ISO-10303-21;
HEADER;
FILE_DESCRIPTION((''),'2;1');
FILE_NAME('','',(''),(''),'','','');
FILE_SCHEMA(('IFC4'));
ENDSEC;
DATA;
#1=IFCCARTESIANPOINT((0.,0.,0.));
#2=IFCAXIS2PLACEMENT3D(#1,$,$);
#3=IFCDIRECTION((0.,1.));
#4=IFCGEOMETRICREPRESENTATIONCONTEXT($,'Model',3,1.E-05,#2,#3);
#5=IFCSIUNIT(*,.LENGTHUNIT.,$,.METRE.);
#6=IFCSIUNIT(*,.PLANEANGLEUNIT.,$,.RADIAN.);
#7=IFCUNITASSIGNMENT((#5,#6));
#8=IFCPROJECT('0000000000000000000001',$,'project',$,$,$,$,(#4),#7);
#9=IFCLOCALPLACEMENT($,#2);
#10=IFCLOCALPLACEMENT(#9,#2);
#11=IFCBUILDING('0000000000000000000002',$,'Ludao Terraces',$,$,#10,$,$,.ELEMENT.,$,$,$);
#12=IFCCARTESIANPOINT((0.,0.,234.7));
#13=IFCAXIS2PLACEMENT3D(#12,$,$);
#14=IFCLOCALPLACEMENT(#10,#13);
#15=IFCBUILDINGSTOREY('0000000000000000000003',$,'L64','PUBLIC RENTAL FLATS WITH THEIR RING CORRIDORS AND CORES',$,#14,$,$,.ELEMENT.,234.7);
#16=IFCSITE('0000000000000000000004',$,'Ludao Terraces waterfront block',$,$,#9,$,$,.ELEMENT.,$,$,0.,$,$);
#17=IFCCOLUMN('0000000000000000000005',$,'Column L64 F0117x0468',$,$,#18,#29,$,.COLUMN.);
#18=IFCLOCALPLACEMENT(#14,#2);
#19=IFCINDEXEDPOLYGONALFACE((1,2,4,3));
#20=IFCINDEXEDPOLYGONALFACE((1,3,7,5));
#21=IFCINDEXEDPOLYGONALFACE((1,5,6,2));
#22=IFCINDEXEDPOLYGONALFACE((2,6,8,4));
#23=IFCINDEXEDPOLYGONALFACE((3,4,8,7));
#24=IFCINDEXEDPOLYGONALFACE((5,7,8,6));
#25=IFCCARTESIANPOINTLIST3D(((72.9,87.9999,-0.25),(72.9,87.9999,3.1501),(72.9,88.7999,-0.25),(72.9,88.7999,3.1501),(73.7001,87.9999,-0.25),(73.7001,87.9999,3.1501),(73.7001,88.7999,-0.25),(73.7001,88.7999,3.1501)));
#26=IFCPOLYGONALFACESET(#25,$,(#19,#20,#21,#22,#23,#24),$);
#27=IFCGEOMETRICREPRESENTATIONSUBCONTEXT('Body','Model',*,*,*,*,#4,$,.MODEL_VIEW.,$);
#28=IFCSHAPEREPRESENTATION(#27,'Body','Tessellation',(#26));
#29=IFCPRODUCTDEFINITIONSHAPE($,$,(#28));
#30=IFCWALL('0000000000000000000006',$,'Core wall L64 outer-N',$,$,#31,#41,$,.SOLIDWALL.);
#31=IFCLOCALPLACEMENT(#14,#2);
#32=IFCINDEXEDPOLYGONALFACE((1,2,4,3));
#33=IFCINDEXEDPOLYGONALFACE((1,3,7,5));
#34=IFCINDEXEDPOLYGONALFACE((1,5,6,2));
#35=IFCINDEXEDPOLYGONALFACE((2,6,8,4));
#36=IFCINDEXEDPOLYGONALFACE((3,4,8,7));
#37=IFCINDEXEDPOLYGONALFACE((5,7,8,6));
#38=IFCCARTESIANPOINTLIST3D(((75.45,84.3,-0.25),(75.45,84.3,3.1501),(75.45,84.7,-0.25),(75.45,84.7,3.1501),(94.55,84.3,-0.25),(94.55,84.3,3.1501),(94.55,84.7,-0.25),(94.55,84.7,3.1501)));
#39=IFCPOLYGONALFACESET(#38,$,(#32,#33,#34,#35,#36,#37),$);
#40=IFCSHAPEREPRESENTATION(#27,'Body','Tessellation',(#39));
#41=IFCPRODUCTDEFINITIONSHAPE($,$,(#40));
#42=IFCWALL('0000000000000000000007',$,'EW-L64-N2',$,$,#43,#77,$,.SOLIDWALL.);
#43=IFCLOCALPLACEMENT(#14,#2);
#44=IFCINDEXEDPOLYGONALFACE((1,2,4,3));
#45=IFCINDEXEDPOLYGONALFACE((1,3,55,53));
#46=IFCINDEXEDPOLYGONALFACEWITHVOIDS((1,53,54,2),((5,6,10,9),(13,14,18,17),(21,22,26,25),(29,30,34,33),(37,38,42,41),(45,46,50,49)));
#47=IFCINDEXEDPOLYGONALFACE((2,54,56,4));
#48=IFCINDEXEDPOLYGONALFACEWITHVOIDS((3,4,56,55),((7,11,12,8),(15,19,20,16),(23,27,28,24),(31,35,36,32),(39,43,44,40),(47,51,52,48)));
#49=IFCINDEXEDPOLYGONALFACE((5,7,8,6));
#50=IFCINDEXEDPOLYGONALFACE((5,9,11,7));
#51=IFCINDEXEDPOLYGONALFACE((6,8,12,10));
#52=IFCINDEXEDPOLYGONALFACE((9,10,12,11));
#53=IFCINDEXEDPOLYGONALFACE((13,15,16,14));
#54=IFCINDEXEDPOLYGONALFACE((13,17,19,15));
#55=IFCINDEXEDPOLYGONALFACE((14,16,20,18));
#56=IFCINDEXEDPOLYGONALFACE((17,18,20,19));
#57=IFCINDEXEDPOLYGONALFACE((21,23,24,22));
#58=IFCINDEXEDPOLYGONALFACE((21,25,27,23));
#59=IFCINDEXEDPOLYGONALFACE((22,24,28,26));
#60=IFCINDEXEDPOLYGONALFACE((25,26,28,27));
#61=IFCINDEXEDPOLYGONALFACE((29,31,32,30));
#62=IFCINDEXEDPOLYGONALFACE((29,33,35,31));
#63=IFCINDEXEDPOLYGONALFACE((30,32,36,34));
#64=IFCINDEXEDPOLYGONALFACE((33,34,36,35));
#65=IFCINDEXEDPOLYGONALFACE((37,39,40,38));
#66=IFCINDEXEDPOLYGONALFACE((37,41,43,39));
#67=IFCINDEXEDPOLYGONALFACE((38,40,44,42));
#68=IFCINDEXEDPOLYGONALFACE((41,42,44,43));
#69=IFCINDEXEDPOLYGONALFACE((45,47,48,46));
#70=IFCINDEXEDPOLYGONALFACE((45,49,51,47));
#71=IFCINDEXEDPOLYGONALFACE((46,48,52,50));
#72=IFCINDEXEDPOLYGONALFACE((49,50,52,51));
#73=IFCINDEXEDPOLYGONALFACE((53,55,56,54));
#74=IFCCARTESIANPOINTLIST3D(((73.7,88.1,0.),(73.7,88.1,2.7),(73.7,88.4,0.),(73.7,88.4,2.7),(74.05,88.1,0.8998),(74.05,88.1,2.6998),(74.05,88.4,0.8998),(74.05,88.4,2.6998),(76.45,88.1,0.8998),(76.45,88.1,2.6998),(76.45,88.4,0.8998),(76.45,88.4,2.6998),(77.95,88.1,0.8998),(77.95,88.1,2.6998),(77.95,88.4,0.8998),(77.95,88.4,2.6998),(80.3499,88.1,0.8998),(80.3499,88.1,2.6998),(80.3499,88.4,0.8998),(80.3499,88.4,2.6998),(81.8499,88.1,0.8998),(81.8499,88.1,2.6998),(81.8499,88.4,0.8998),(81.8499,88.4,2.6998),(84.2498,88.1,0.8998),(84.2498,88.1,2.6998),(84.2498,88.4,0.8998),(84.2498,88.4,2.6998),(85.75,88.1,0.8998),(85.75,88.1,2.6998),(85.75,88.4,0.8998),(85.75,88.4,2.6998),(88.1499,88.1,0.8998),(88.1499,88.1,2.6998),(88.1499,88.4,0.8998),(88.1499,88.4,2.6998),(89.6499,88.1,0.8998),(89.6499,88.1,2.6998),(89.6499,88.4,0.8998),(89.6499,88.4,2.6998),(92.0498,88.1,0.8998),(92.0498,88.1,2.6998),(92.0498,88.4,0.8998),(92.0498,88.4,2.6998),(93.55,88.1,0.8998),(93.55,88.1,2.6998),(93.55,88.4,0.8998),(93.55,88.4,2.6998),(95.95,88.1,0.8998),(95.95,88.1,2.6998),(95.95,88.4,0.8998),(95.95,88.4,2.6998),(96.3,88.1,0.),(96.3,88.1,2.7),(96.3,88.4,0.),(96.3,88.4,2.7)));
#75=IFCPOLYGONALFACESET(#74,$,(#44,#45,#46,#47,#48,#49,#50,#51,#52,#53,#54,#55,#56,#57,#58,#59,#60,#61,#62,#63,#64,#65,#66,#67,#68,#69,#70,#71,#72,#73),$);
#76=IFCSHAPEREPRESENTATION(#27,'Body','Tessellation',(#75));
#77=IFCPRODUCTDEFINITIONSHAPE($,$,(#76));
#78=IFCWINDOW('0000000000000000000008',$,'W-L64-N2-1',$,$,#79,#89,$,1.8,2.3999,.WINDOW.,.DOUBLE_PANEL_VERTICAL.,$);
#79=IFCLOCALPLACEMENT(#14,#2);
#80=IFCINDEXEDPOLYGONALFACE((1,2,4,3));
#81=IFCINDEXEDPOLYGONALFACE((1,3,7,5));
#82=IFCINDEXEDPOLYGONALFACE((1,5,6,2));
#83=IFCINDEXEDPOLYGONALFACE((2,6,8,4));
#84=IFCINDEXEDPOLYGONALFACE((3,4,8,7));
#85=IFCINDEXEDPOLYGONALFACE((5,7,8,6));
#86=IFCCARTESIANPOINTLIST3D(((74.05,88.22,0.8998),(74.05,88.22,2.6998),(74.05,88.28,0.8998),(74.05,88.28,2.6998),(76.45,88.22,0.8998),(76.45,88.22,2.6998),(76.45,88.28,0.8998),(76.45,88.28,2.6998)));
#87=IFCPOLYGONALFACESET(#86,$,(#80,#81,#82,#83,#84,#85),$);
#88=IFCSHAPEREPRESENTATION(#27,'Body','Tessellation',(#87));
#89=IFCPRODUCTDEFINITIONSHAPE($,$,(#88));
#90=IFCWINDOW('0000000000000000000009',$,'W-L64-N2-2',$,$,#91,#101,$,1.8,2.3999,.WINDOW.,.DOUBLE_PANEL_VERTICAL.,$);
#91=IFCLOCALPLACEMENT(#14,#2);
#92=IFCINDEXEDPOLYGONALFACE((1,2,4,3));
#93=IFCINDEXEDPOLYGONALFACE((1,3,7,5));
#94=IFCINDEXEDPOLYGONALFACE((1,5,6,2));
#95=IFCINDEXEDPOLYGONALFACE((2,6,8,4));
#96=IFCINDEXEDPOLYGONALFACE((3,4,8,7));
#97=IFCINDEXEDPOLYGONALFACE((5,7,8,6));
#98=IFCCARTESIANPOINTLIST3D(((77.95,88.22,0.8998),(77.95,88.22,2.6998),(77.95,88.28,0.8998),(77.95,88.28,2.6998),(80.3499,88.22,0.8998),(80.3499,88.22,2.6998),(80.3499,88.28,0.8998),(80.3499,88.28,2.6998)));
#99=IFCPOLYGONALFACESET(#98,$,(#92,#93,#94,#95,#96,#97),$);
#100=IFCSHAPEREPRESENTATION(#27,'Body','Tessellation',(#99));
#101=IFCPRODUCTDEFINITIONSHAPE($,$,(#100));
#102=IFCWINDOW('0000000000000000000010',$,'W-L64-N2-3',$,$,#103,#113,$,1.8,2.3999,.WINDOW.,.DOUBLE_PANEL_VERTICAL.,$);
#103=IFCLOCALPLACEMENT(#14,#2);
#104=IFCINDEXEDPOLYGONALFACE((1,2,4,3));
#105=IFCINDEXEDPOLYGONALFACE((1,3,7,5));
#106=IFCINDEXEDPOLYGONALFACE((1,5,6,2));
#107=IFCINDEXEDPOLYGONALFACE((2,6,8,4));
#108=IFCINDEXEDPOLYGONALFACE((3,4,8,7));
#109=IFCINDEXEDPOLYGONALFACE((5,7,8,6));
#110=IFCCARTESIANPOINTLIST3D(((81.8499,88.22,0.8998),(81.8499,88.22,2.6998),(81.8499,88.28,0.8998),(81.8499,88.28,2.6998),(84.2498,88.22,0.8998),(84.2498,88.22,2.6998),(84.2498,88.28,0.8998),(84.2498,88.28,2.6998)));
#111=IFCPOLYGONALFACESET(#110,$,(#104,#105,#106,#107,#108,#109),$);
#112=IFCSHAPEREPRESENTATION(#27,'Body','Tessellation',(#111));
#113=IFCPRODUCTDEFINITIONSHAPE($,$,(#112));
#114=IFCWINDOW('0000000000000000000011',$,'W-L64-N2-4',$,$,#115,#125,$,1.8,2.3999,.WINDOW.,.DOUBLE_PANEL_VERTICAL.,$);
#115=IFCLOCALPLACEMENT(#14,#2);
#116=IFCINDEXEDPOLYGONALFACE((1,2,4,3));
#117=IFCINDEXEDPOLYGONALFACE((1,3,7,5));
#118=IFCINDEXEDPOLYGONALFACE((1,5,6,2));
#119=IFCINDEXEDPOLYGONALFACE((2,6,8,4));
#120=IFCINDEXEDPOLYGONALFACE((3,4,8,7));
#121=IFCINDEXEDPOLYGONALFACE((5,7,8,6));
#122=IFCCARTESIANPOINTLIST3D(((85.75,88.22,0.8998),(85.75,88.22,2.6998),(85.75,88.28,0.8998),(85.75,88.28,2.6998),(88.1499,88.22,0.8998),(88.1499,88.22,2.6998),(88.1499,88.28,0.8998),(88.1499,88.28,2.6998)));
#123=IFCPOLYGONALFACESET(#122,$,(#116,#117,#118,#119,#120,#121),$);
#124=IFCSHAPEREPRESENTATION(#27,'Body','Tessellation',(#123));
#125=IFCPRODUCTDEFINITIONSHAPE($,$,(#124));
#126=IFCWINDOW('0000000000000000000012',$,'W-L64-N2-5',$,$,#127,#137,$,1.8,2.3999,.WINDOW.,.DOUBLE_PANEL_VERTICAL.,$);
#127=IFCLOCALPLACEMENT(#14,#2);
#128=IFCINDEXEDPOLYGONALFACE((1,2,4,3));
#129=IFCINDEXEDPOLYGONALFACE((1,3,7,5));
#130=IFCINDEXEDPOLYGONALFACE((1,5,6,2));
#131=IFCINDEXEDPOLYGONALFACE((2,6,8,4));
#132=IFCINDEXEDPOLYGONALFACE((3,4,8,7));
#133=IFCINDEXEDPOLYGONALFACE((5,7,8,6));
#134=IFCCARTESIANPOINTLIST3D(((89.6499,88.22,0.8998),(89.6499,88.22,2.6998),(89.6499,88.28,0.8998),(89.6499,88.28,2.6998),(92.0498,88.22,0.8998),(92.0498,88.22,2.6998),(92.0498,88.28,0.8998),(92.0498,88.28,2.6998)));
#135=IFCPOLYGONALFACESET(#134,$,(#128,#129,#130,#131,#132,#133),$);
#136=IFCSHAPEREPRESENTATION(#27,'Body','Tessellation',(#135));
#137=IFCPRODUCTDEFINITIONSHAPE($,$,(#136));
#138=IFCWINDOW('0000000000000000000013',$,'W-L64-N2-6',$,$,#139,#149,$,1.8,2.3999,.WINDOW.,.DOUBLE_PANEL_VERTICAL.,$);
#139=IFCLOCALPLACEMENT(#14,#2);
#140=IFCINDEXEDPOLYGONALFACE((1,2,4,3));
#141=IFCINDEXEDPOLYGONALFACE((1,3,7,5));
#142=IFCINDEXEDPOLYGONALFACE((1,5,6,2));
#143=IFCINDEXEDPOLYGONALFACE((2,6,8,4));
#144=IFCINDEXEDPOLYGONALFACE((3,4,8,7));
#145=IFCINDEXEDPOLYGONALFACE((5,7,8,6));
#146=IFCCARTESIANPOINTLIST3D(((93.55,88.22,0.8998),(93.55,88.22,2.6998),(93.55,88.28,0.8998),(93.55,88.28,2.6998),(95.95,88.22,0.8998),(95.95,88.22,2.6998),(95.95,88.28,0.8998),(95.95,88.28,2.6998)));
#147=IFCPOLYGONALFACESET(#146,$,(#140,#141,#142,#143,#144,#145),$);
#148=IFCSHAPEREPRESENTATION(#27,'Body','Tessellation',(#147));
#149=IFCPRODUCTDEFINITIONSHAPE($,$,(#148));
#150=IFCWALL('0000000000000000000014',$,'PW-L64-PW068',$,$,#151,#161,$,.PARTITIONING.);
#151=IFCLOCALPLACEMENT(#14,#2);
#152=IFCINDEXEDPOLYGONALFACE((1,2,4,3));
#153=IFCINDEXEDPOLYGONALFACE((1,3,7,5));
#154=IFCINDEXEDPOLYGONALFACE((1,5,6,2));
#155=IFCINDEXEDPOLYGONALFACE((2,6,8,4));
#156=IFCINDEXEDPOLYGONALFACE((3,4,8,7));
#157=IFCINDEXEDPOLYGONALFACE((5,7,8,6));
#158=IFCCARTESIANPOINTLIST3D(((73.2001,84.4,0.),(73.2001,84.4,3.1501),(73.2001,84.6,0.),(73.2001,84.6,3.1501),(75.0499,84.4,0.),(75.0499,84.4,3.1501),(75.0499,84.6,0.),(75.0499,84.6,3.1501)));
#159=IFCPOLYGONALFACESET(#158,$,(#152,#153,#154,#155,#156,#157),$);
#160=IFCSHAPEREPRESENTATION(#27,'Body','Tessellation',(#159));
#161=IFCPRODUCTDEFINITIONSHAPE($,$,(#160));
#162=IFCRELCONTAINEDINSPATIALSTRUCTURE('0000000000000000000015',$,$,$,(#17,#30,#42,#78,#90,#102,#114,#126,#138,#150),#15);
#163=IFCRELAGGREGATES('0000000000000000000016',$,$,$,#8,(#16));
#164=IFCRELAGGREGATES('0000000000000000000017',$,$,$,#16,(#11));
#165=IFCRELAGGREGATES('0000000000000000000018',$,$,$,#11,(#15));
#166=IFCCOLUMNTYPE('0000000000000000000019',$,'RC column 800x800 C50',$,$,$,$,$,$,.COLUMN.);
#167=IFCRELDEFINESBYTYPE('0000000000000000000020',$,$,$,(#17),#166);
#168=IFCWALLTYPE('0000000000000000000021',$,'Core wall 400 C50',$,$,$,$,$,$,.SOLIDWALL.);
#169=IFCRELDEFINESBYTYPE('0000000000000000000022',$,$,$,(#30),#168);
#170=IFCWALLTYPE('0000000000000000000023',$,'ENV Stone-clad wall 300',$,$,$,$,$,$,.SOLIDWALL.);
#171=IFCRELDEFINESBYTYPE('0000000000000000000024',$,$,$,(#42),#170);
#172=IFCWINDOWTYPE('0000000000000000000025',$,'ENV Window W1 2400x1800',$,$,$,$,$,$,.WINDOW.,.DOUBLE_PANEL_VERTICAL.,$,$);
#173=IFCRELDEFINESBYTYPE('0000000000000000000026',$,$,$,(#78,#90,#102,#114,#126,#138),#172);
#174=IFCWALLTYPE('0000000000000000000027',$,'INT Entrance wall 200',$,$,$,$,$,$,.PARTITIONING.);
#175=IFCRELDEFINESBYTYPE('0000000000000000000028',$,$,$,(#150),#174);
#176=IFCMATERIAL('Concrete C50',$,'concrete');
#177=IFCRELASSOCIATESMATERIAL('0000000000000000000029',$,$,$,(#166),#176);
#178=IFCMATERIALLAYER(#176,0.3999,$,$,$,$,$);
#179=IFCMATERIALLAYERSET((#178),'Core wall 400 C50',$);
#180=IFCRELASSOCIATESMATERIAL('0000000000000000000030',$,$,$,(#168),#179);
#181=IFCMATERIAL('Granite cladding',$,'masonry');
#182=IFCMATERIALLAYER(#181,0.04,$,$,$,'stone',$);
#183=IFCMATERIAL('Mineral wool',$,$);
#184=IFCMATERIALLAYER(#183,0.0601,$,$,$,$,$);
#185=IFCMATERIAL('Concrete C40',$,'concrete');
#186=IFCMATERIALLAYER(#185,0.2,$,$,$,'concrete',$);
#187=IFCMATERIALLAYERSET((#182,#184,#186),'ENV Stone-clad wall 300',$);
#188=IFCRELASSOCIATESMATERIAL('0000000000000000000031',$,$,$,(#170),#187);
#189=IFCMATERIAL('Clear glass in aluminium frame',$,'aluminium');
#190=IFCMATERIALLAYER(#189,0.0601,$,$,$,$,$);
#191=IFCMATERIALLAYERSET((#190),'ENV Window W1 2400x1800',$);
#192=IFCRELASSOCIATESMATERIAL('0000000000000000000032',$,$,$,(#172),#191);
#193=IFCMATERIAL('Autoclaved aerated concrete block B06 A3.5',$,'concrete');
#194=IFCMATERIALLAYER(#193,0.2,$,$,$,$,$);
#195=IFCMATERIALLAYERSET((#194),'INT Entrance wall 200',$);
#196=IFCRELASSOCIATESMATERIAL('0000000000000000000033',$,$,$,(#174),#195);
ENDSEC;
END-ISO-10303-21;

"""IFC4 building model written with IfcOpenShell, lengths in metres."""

from ifc_helpers import new_model, si_unit, direction, frame, frame_2d, origin, origin_2d, place, context, subcontext, project, spatial, rectangle, extrude, material, layer, layer_set, material_profile, profile_set, type_object, element, fill, save


model = new_model("IFC4")

# Units and contexts
model_context = context("Model", 3, precision=1e-05, world=origin(), true_north=direction((0.0, 1.0)))
body_context = subcontext(model_context, "Body", "Model", "MODEL_VIEW")
ifc_project = project(units=[si_unit("LENGTHUNIT", "METRE"), si_unit("PLANEANGLEUNIT", "RADIAN")], contexts=[model_context])

# Site, building, storey
site_placement = place(None, origin())
site = spatial("IfcSite", under=ifc_project, at=site_placement, Name="Ludao Terraces waterfront block", CompositionType="ELEMENT", RefElevation=0.0)
building_placement = place(site_placement, origin())
building = spatial("IfcBuilding", under=site, at=building_placement, Name="Ludao Terraces", CompositionType="ELEMENT")
storey_placement = place(building_placement, frame((0.0, 0.0, 234.7)))
storey = spatial("IfcBuildingStorey", under=building, at=storey_placement, Name="L64", Description="PUBLIC RENTAL FLATS WITH THEIR RING CORRIDORS AND CORES", CompositionType="ELEMENT", Elevation=234.7)

# Column
ifc_material_1 = material(Name="Concrete C50", Category="concrete")
ifc_material_profile = material_profile(ifc_material_1, rectangle(XDim=0.8, YDim=0.8, at=origin_2d()), Name="800 X 800")
ifc_profile_set = profile_set([ifc_material_profile], Name="Concrete C50")
column_type = type_object("IfcColumnType", Name="RC column 800x800 C50", PredefinedType="COLUMN", material=ifc_profile_set)
column_placement = place(storey_placement, frame((73.3, 88.3999, -0.25), z_axis=(0.0, 0.0, 1.0), x_axis=(1.0, 0.0, 0.0)))
element("IfcColumn", 1, at=column_placement, inside=storey, type_object=column_type, Name="Column L64 F0117x0468", PredefinedType="COLUMN", context=body_context, shape_type="SweptSolid", body=[
    extrude(rectangle(XDim=0.8, YDim=0.8, at=origin_2d()), origin(), (0.0, 0.0, 1.0), 3.4001),
])

# Wall
ifc_layer_1 = layer(ifc_material_1, 0.3999)
ifc_layer_set_1 = layer_set([ifc_layer_1], Name="Core wall 400 C50")
wall_type_1 = type_object("IfcWallType", Name="Core wall 400 C50", PredefinedType="SOLIDWALL", material=ifc_layer_set_1)
wall_1_placement = place(storey_placement, frame((75.45, 84.5, -0.25), z_axis=(0.0, 0.0, 1.0), x_axis=(1.0, 0.0, 0.0)))
element("IfcWall", 2, at=wall_1_placement, inside=storey, type_object=wall_type_1, Name="Core wall L64 outer-N", PredefinedType="SOLIDWALL", context=body_context, shape_type="SweptSolid", body=[
    extrude(rectangle(XDim=19.1001, YDim=0.3999, at=frame_2d((9.55, 0.0))), origin(), (0.0, 0.0, 1.0), 3.4001),
])

# Wall, openings, windows
ifc_material_2 = material(Name="Granite cladding", Category="masonry")
ifc_layer_2 = layer(ifc_material_2, 0.04, Category="stone")
ifc_material_3 = material(Name="Mineral wool")
ifc_layer_3 = layer(ifc_material_3, 0.0601)
ifc_material_4 = material(Name="Concrete C40", Category="concrete")
ifc_layer_4 = layer(ifc_material_4, 0.2, Category="concrete")
ifc_layer_set_2 = layer_set([ifc_layer_2, ifc_layer_3, ifc_layer_4], Name="ENV Stone-clad wall 300")
wall_type_2 = type_object("IfcWallType", Name="ENV Stone-clad wall 300", PredefinedType="SOLIDWALL", material=ifc_layer_set_2)
wall_2_placement = place(storey_placement, frame((73.7, 88.25, 0.0), z_axis=(0.0, 0.0, 1.0), x_axis=(1.0, 0.0, 0.0)))
wall_2 = element("IfcWall", 3, at=wall_2_placement, inside=storey, type_object=wall_type_2, Name="EW-L64-N2", PredefinedType="SOLIDWALL", context=body_context, shape_type="SweptSolid", body=[
    extrude(rectangle(XDim=22.6001, YDim=0.3, at=frame_2d((11.3, 0.0))), origin(), (0.0, 0.0, 1.0), 2.7),
])
opening_1_placement = place(wall_2_placement, frame((0.3501, 0.0, 0.8999)))
opening_1 = element("IfcOpeningElement", 4, at=opening_1_placement, cuts=wall_2, PredefinedType="OPENING", context=body_context, shape_type="SweptSolid", body=[
    extrude(rectangle(XDim=2.3999, YDim=1.8, at=frame_2d((1.2, 0.8999))), frame((0.0, 0.1602, 0.0), z_axis=(0.0, -1.0, 0.0), x_axis=(1.0, 0.0, 0.0)), (0.0, 0.0, 1.0), 0.3201),
])
opening_2_placement = place(wall_2_placement, frame((4.25, 0.0, 0.8999)))
opening_2 = element("IfcOpeningElement", 5, at=opening_2_placement, cuts=wall_2, PredefinedType="OPENING", context=body_context, shape_type="SweptSolid", body=[
    extrude(rectangle(XDim=2.3999, YDim=1.8, at=frame_2d((1.2, 0.8999))), frame((0.0, 0.1602, 0.0), z_axis=(0.0, -1.0, 0.0), x_axis=(1.0, 0.0, 0.0)), (0.0, 0.0, 1.0), 0.3201),
])
opening_3_placement = place(wall_2_placement, frame((8.1499, 0.0, 0.8999)))
opening_3 = element("IfcOpeningElement", 6, at=opening_3_placement, cuts=wall_2, PredefinedType="OPENING", context=body_context, shape_type="SweptSolid", body=[
    extrude(rectangle(XDim=2.3999, YDim=1.8, at=frame_2d((1.2, 0.8999))), frame((0.0, 0.1602, 0.0), z_axis=(0.0, -1.0, 0.0), x_axis=(1.0, 0.0, 0.0)), (0.0, 0.0, 1.0), 0.3201),
])
opening_4_placement = place(wall_2_placement, frame((12.05, 0.0, 0.8999)))
opening_4 = element("IfcOpeningElement", 7, at=opening_4_placement, cuts=wall_2, PredefinedType="OPENING", context=body_context, shape_type="SweptSolid", body=[
    extrude(rectangle(XDim=2.3999, YDim=1.8, at=frame_2d((1.2, 0.8999))), frame((0.0, 0.1602, 0.0), z_axis=(0.0, -1.0, 0.0), x_axis=(1.0, 0.0, 0.0)), (0.0, 0.0, 1.0), 0.3201),
])
opening_5_placement = place(wall_2_placement, frame((15.95, 0.0, 0.8999)))
opening_5 = element("IfcOpeningElement", 8, at=opening_5_placement, cuts=wall_2, PredefinedType="OPENING", context=body_context, shape_type="SweptSolid", body=[
    extrude(rectangle(XDim=2.3999, YDim=1.8, at=frame_2d((1.2, 0.8999))), frame((0.0, 0.1602, 0.0), z_axis=(0.0, -1.0, 0.0), x_axis=(1.0, 0.0, 0.0)), (0.0, 0.0, 1.0), 0.3201),
])
opening_6_placement = place(wall_2_placement, frame((19.8501, 0.0, 0.8999)))
opening_6 = element("IfcOpeningElement", 9, at=opening_6_placement, cuts=wall_2, PredefinedType="OPENING", context=body_context, shape_type="SweptSolid", body=[
    extrude(rectangle(XDim=2.3999, YDim=1.8, at=frame_2d((1.2, 0.8999))), frame((0.0, 0.1602, 0.0), z_axis=(0.0, -1.0, 0.0), x_axis=(1.0, 0.0, 0.0)), (0.0, 0.0, 1.0), 0.3201),
])
ifc_material_5 = material(Name="Clear glass in aluminium frame", Category="aluminium")
ifc_layer_5 = layer(ifc_material_5, 0.0601)
ifc_layer_set_3 = layer_set([ifc_layer_5], Name="ENV Window W1 2400x1800")
window_type = type_object("IfcWindowType", Name="ENV Window W1 2400x1800", PartitioningType="DOUBLE_PANEL_VERTICAL", PredefinedType="WINDOW", material=ifc_layer_set_3)
window_1_placement = place(opening_1_placement, origin())
window_1 = element("IfcWindow", 10, at=window_1_placement, inside=storey, type_object=window_type, Name="W-L64-N2-1", OverallHeight=1.8, OverallWidth=2.3999, PartitioningType="DOUBLE_PANEL_VERTICAL", PredefinedType="WINDOW", context=body_context, shape_type="SweptSolid", body=[
    extrude(rectangle(XDim=2.3999, YDim=1.8, at=frame_2d((1.2, 0.8999))), frame((0.0, 0.03, 0.0), z_axis=(0.0, -1.0, 0.0), x_axis=(1.0, 0.0, 0.0)), (0.0, 0.0, 1.0), 0.0601),
])
fill(opening_1, window_1)
window_2_placement = place(opening_2_placement, origin())
window_2 = element("IfcWindow", 11, at=window_2_placement, inside=storey, type_object=window_type, Name="W-L64-N2-2", OverallHeight=1.8, OverallWidth=2.3999, PartitioningType="DOUBLE_PANEL_VERTICAL", PredefinedType="WINDOW", context=body_context, shape_type="SweptSolid", body=[
    extrude(rectangle(XDim=2.3999, YDim=1.8, at=frame_2d((1.2, 0.8999))), frame((0.0, 0.03, 0.0), z_axis=(0.0, -1.0, 0.0), x_axis=(1.0, 0.0, 0.0)), (0.0, 0.0, 1.0), 0.0601),
])
fill(opening_2, window_2)
window_3_placement = place(opening_3_placement, origin())
window_3 = element("IfcWindow", 12, at=window_3_placement, inside=storey, type_object=window_type, Name="W-L64-N2-3", OverallHeight=1.8, OverallWidth=2.3999, PartitioningType="DOUBLE_PANEL_VERTICAL", PredefinedType="WINDOW", context=body_context, shape_type="SweptSolid", body=[
    extrude(rectangle(XDim=2.3999, YDim=1.8, at=frame_2d((1.2, 0.8999))), frame((0.0, 0.03, 0.0), z_axis=(0.0, -1.0, 0.0), x_axis=(1.0, 0.0, 0.0)), (0.0, 0.0, 1.0), 0.0601),
])
fill(opening_3, window_3)
window_4_placement = place(opening_4_placement, origin())
window_4 = element("IfcWindow", 13, at=window_4_placement, inside=storey, type_object=window_type, Name="W-L64-N2-4", OverallHeight=1.8, OverallWidth=2.3999, PartitioningType="DOUBLE_PANEL_VERTICAL", PredefinedType="WINDOW", context=body_context, shape_type="SweptSolid", body=[
    extrude(rectangle(XDim=2.3999, YDim=1.8, at=frame_2d((1.2, 0.8999))), frame((0.0, 0.03, 0.0), z_axis=(0.0, -1.0, 0.0), x_axis=(1.0, 0.0, 0.0)), (0.0, 0.0, 1.0), 0.0601),
])
fill(opening_4, window_4)
window_5_placement = place(opening_5_placement, origin())
window_5 = element("IfcWindow", 14, at=window_5_placement, inside=storey, type_object=window_type, Name="W-L64-N2-5", OverallHeight=1.8, OverallWidth=2.3999, PartitioningType="DOUBLE_PANEL_VERTICAL", PredefinedType="WINDOW", context=body_context, shape_type="SweptSolid", body=[
    extrude(rectangle(XDim=2.3999, YDim=1.8, at=frame_2d((1.2, 0.8999))), frame((0.0, 0.03, 0.0), z_axis=(0.0, -1.0, 0.0), x_axis=(1.0, 0.0, 0.0)), (0.0, 0.0, 1.0), 0.0601),
])
fill(opening_5, window_5)
window_6_placement = place(opening_6_placement, origin())
window_6 = element("IfcWindow", 15, at=window_6_placement, inside=storey, type_object=window_type, Name="W-L64-N2-6", OverallHeight=1.8, OverallWidth=2.3999, PartitioningType="DOUBLE_PANEL_VERTICAL", PredefinedType="WINDOW", context=body_context, shape_type="SweptSolid", body=[
    extrude(rectangle(XDim=2.3999, YDim=1.8, at=frame_2d((1.2, 0.8999))), frame((0.0, 0.03, 0.0), z_axis=(0.0, -1.0, 0.0), x_axis=(1.0, 0.0, 0.0)), (0.0, 0.0, 1.0), 0.0601),
])
fill(opening_6, window_6)

# Wall
ifc_material_6 = material(Name="Autoclaved aerated concrete block B06 A3.5", Category="concrete")
ifc_layer_6 = layer(ifc_material_6, 0.2)
ifc_layer_set_4 = layer_set([ifc_layer_6], Name="INT Entrance wall 200")
wall_type_3 = type_object("IfcWallType", Name="INT Entrance wall 200", PredefinedType="PARTITIONING", material=ifc_layer_set_4)
wall_3_placement = place(storey_placement, frame((73.2002, 84.5, 0.0), z_axis=(0.0, 0.0, 1.0), x_axis=(1.0, 0.0, 0.0)))
element("IfcWall", 16, at=wall_3_placement, inside=storey, type_object=wall_type_3, Name="PW-L64-PW068", PredefinedType="PARTITIONING", context=body_context, shape_type="SweptSolid", body=[
    extrude(rectangle(XDim=1.8499, YDim=0.2, at=frame_2d((0.9248, 0.0))), origin(), (0.0, 0.0, 1.0), 3.1501),
])

save(model, "model.ifc")
